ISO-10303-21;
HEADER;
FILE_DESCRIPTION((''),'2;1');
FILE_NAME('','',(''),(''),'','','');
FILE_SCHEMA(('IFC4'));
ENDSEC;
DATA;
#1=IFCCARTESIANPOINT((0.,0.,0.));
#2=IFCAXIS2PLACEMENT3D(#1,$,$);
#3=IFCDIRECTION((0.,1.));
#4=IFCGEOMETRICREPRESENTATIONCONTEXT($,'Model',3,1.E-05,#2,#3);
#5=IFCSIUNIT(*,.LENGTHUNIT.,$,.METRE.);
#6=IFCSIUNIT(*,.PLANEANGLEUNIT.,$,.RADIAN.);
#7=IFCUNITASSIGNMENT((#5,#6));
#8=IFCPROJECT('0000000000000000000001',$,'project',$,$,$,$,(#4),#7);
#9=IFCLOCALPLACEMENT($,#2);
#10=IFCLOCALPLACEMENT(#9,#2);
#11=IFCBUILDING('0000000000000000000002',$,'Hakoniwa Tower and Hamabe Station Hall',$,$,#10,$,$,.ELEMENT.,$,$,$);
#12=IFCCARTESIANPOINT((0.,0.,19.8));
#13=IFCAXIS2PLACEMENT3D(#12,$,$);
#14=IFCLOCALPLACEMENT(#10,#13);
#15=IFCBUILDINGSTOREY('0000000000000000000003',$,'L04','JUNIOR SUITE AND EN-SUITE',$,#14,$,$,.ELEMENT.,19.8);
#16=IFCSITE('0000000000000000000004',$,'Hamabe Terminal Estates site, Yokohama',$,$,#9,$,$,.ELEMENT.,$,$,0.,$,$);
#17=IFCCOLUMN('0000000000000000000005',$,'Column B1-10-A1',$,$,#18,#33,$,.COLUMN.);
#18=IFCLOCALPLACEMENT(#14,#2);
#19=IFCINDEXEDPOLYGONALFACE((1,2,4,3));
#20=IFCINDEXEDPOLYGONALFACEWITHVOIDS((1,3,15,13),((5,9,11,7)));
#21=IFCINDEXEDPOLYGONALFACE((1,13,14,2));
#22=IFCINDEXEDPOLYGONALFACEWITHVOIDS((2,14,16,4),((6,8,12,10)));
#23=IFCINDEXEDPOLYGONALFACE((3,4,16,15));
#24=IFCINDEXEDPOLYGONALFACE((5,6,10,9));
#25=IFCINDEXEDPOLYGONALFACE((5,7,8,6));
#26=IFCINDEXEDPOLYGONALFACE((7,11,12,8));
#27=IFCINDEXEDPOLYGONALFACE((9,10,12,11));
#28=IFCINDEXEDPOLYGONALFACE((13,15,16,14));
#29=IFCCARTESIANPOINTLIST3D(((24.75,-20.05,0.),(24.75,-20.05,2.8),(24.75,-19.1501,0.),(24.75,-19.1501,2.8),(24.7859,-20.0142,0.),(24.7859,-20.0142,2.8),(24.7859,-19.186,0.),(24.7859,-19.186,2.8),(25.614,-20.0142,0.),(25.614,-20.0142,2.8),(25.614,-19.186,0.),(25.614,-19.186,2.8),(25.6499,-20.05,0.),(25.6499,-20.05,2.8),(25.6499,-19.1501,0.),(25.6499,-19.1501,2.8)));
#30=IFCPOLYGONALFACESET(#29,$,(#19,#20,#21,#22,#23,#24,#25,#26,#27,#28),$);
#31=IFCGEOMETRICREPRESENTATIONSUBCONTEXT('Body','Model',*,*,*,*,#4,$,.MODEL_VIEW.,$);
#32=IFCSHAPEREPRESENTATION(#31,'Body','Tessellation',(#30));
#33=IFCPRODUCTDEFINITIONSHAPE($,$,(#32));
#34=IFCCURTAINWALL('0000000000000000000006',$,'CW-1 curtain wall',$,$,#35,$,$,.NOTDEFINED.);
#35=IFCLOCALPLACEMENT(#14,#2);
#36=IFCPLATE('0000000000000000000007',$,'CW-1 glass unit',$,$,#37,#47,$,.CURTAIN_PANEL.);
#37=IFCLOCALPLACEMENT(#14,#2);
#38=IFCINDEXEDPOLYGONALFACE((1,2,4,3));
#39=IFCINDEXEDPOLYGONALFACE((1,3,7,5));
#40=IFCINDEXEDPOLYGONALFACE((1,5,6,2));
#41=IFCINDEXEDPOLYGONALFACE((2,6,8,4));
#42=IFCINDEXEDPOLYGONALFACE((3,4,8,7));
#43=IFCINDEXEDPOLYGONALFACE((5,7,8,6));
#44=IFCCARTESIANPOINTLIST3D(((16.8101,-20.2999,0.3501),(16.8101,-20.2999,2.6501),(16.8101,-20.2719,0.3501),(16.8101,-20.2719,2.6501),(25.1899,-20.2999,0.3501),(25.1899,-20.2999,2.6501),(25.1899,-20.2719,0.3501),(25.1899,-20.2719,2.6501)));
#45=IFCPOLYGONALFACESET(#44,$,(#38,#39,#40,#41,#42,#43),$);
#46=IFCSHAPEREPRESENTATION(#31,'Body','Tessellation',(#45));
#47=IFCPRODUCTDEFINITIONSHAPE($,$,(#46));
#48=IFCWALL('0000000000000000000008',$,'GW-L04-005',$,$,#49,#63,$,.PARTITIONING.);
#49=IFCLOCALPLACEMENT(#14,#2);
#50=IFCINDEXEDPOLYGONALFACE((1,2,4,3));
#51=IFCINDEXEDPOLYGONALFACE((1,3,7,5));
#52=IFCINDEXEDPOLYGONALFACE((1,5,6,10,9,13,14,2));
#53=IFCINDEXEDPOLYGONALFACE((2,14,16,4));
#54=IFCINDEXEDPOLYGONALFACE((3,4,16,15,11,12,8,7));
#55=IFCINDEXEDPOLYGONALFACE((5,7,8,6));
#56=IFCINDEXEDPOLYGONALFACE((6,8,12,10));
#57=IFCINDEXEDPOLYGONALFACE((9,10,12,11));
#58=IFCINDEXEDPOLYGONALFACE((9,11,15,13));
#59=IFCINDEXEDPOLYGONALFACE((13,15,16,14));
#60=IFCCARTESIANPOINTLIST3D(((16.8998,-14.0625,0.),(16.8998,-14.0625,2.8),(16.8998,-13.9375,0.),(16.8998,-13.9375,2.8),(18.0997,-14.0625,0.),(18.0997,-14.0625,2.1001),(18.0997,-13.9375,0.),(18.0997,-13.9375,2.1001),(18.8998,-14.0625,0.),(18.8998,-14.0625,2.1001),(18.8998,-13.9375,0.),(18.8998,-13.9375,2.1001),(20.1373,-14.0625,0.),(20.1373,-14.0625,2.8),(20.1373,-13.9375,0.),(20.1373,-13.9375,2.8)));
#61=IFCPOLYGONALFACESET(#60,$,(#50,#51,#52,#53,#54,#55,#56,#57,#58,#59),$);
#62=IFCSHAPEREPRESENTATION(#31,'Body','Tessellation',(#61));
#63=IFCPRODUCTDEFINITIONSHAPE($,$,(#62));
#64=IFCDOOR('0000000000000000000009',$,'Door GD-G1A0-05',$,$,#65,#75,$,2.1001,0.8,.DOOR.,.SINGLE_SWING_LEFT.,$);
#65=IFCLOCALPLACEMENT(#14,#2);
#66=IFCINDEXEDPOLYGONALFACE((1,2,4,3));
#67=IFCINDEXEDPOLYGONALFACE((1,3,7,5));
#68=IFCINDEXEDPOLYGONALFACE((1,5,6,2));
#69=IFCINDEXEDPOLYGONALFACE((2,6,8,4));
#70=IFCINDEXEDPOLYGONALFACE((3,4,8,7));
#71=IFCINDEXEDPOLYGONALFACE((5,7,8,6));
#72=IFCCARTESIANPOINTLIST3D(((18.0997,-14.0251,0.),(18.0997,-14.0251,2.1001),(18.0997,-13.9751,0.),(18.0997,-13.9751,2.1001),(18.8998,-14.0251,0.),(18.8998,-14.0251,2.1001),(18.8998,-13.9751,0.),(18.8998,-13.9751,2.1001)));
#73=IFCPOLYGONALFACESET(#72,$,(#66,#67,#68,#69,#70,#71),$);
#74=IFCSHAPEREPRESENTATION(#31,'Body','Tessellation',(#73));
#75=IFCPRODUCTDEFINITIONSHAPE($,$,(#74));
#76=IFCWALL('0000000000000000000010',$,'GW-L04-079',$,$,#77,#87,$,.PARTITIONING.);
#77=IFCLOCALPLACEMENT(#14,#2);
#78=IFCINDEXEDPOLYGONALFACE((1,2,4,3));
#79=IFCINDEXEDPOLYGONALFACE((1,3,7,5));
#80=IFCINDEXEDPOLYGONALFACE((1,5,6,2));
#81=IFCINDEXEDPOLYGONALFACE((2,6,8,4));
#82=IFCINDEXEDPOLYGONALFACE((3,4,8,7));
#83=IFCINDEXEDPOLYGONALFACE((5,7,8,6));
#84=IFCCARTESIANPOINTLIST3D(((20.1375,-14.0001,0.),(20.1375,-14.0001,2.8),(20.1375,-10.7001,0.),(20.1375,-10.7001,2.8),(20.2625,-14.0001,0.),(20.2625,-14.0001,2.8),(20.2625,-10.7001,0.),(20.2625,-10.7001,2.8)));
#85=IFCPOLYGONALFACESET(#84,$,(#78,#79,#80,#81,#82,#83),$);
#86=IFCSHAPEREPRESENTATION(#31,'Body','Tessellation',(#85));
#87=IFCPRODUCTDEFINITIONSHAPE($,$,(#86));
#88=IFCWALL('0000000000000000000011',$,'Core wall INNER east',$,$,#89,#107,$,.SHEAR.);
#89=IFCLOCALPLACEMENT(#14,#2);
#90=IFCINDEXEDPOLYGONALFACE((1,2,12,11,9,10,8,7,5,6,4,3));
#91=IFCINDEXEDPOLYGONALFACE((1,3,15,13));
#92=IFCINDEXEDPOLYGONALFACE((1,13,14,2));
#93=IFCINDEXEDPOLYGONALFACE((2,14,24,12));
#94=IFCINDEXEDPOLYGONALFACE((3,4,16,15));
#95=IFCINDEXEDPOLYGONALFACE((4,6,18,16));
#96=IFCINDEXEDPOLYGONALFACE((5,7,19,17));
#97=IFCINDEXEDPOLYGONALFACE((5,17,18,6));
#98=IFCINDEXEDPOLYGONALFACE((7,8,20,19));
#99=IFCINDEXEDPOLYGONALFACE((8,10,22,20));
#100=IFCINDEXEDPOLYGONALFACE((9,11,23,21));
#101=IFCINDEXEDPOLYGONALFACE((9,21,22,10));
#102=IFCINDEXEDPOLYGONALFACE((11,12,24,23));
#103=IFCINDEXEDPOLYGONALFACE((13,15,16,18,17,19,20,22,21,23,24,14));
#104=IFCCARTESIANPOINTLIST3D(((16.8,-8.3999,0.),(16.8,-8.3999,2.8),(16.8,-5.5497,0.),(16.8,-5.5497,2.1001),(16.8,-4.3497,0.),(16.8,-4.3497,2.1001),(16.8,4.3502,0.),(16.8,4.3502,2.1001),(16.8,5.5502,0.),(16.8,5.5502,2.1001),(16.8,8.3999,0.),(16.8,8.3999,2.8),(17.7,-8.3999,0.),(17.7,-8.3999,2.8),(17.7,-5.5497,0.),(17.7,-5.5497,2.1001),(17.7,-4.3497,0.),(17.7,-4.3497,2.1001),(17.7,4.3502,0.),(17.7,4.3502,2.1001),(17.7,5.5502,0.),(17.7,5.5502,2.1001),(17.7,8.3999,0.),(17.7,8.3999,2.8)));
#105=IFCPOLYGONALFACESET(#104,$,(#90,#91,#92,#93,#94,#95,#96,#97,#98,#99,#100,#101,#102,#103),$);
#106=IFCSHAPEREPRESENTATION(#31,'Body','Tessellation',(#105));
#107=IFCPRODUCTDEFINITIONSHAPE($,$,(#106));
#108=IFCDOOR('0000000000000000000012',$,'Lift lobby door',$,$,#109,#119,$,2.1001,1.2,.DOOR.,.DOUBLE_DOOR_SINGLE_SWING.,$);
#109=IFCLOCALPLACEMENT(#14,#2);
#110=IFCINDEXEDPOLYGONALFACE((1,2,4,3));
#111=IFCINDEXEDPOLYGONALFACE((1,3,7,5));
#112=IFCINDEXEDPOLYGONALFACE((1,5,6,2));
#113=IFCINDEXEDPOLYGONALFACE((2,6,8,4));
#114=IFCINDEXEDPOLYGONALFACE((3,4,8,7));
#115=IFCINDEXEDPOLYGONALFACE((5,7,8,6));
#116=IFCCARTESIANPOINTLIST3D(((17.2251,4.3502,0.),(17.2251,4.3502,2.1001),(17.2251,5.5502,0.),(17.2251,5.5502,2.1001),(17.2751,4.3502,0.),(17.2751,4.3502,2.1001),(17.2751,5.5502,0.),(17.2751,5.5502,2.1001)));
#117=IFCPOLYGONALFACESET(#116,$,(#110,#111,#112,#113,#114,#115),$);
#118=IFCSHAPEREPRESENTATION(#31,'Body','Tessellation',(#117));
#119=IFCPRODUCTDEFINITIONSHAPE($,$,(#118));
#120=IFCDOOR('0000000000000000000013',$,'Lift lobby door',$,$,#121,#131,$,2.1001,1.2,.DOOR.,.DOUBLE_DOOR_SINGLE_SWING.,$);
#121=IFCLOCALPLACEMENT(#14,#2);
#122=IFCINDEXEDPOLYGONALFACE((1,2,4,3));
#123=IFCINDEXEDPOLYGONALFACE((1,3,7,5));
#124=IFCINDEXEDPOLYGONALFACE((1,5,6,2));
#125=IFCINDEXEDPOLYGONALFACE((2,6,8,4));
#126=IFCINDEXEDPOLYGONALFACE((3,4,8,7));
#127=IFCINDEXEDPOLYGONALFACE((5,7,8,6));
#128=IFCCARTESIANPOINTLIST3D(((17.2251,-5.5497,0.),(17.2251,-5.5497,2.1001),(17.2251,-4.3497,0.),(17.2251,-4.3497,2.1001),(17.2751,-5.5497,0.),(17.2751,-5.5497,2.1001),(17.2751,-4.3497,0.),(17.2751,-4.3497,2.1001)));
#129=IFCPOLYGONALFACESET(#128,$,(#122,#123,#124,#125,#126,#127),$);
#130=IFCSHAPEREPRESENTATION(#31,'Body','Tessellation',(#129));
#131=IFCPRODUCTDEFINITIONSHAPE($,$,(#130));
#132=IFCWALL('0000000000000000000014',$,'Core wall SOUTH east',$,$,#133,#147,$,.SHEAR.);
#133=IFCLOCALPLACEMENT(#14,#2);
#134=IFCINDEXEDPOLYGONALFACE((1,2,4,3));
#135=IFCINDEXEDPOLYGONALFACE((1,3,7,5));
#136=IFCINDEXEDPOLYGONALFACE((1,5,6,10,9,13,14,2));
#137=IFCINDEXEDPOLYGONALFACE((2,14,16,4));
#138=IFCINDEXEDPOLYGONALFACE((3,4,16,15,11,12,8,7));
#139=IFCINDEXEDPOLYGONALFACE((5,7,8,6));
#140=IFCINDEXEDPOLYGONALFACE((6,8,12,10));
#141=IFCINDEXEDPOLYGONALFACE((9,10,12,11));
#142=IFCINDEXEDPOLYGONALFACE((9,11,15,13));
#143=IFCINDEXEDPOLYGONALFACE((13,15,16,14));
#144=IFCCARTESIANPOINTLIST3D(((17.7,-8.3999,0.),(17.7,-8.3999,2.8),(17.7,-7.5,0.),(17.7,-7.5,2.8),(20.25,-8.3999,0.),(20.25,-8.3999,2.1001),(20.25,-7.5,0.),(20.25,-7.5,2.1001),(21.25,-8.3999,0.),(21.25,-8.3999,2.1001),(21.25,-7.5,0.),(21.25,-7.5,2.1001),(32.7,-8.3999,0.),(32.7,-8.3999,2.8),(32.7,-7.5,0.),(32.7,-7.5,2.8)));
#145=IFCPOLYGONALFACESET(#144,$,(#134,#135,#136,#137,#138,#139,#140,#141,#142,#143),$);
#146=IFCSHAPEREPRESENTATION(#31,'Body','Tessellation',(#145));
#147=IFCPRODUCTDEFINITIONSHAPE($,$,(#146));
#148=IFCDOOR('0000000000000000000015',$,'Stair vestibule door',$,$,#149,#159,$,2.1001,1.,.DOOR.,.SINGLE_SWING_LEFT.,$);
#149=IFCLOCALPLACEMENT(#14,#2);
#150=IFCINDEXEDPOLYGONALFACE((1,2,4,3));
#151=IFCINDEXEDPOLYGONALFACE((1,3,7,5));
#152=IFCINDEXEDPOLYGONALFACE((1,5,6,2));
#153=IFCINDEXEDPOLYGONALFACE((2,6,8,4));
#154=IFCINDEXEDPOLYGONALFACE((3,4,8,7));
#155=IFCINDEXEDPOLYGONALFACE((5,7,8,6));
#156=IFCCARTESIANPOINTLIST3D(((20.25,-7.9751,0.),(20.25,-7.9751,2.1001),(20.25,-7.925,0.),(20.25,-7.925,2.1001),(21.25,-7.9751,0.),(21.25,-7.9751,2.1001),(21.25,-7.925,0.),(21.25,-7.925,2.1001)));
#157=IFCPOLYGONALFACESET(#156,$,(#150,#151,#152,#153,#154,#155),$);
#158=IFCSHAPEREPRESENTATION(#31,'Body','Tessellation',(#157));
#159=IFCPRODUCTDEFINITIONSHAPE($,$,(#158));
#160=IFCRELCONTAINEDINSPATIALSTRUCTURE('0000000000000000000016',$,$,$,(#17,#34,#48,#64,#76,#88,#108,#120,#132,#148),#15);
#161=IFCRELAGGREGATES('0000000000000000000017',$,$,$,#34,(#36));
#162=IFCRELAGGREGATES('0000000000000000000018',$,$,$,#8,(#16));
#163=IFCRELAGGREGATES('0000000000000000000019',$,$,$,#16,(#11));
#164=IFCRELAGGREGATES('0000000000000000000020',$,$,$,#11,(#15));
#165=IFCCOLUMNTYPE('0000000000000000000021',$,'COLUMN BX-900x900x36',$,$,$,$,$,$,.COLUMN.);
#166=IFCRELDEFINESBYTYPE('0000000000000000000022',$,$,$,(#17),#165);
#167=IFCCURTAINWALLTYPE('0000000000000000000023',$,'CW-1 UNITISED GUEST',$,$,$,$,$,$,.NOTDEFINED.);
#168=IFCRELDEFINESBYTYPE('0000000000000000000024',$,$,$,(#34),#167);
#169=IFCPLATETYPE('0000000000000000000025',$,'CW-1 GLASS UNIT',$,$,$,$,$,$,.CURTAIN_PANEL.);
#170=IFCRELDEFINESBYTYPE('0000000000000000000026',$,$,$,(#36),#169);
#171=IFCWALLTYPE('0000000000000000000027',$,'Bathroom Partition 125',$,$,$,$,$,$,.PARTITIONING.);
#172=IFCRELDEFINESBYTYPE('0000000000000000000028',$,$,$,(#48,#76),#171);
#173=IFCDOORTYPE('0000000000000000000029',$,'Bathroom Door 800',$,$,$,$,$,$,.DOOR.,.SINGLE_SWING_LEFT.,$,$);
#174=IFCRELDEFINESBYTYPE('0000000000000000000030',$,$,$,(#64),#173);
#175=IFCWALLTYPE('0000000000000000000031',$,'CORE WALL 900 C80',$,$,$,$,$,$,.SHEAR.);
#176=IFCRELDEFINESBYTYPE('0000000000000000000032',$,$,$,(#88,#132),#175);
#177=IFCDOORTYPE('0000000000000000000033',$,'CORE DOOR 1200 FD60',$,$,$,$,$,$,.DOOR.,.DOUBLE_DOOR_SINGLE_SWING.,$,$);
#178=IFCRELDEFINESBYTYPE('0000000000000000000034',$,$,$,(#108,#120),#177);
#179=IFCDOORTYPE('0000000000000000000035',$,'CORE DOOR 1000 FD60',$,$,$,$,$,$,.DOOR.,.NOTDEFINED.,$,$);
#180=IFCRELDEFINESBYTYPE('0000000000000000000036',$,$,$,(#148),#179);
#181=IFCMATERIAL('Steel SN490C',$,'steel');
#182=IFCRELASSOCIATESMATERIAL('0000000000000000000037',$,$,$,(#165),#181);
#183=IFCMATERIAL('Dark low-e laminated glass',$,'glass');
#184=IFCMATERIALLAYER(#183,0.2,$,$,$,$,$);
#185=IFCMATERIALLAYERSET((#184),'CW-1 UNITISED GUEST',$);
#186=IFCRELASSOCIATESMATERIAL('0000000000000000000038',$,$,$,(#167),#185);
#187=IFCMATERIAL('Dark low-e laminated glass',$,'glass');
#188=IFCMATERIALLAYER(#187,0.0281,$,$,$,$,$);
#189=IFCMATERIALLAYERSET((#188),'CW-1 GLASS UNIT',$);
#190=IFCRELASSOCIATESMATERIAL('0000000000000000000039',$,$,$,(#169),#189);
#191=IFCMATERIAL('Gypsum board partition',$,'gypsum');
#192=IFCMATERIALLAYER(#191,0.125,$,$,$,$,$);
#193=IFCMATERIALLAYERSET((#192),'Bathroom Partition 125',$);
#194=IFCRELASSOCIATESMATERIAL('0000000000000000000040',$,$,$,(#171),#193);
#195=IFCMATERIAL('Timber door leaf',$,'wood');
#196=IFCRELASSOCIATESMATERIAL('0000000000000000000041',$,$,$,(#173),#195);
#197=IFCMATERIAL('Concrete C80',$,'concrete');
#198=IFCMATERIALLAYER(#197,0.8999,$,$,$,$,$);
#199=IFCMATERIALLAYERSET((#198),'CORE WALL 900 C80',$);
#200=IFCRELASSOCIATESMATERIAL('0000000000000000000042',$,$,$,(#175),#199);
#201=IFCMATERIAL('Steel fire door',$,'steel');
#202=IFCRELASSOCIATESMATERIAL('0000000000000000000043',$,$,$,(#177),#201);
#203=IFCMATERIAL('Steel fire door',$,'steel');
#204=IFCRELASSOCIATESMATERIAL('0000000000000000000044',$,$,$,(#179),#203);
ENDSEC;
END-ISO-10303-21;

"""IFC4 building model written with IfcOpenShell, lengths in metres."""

from ifc_helpers import new_model, si_unit, direction, frame, frame_2d, origin, origin_2d, place, context, subcontext, project, spatial, rectangle, hollow_rectangle, extrude, material, layer, layer_set, material_profile, profile_set, type_object, element, fill, aggregate, save


model = new_model("IFC4")

# Units and contexts
model_context = context("Model", 3, precision=1e-05, world=origin(), true_north=direction((0.0, 1.0)))
body_context = subcontext(model_context, "Body", "Model", "MODEL_VIEW")
ifc_project = project(units=[si_unit("LENGTHUNIT", "METRE"), si_unit("PLANEANGLEUNIT", "RADIAN")], contexts=[model_context])

# Site, building, storey
site_placement = place(None, origin())
site = spatial("IfcSite", under=ifc_project, at=site_placement, Name="Hamabe Terminal Estates site, Yokohama", CompositionType="ELEMENT", RefElevation=0.0)
building_placement = place(site_placement, origin())
building = spatial("IfcBuilding", under=site, at=building_placement, Name="Hakoniwa Tower and Hamabe Station Hall", CompositionType="ELEMENT")
storey_placement = place(building_placement, frame((0.0, 0.0, 19.8)))
storey = spatial("IfcBuildingStorey", under=building, at=storey_placement, Name="L04", Description="JUNIOR SUITE AND EN-SUITE", CompositionType="ELEMENT", Elevation=19.8)

# Column
ifc_material_1 = material(Name="Steel SN490C", Category="steel")
ifc_material_profile = material_profile(ifc_material_1, hollow_rectangle(XDim=0.8999, YDim=0.8999, WallThickness=0.0359, at=origin_2d()), Name="BX-900x900x36")
ifc_profile_set = profile_set([ifc_material_profile], Name="Steel SN490C")
column_type = type_object("IfcColumnType", Name="COLUMN BX-900x900x36", PredefinedType="COLUMN", material=ifc_profile_set)
column_placement = place(storey_placement, frame((25.2, -19.6001, 0.0), z_axis=(0.0, 0.0, 1.0), x_axis=(1.0, 0.0, 0.0)))
element("IfcColumn", 1, at=column_placement, inside=storey, type_object=column_type, Name="Column B1-10-A1", PredefinedType="COLUMN", context=body_context, shape_type="SweptSolid", body=[
    extrude(hollow_rectangle(XDim=0.8999, YDim=0.8999, WallThickness=0.0359, at=origin_2d()), origin(), (0.0, 0.0, 1.0), 2.8),
])

# Curtain wall, plate
ifc_material_2 = material(Name="Dark low-e laminated glass", Category="glass")
ifc_layer_1 = layer(ifc_material_2, 0.2)
ifc_layer_set_1 = layer_set([ifc_layer_1], Name="CW-1 UNITISED GUEST")
curtain_wall_type = type_object("IfcCurtainWallType", Name="CW-1 UNITISED GUEST", PredefinedType="NOTDEFINED", material=ifc_layer_set_1)
curtain_wall_placement = place(storey_placement, origin())
curtain_wall = element("IfcCurtainWall", 2, at=curtain_wall_placement, inside=storey, type_object=curtain_wall_type, Name="CW-1 curtain wall", PredefinedType="NOTDEFINED")
ifc_material_3 = material(Name="Dark low-e laminated glass", Category="glass")
ifc_layer_2 = layer(ifc_material_3, 0.0281)
ifc_layer_set_2 = layer_set([ifc_layer_2], Name="CW-1 GLASS UNIT")
plate_type = type_object("IfcPlateType", Name="CW-1 GLASS UNIT", PredefinedType="CURTAIN_PANEL", material=ifc_layer_set_2)
plate_placement = place(storey_placement, frame((21.0, -20.2859, 0.3501), z_axis=(0.0, 0.0, 1.0), x_axis=(1.0, 0.0, 0.0)))
plate = element("IfcPlate", 3, at=plate_placement, type_object=plate_type, Name="CW-1 glass unit", PredefinedType="CURTAIN_PANEL", context=body_context, shape_type="SweptSolid", body=[
    extrude(rectangle(XDim=8.3799, YDim=0.0281, at=origin_2d()), origin(), (0.0, 0.0, 1.0), 2.3),
])
aggregate(curtain_wall, [plate])

# Wall, opening, door
ifc_material_4 = material(Name="Gypsum board partition", Category="gypsum")
ifc_layer_3 = layer(ifc_material_4, 0.125)
ifc_layer_set_3 = layer_set([ifc_layer_3], Name="Bathroom Partition 125")
wall_type_1 = type_object("IfcWallType", Name="Bathroom Partition 125", PredefinedType="PARTITIONING", material=ifc_layer_set_3)
wall_1_placement = place(storey_placement, frame((16.8999, -14.0, 0.0), z_axis=(0.0, 0.0, 1.0), x_axis=(1.0, 0.0, 0.0)))
wall_1 = element("IfcWall", 4, at=wall_1_placement, inside=storey, type_object=wall_type_1, Name="GW-L04-005", PredefinedType="PARTITIONING", context=body_context, shape_type="SweptSolid", body=[
    extrude(rectangle(XDim=3.2375, YDim=0.125, at=frame_2d((1.6187, 0.0))), origin(), (0.0, 0.0, 1.0), 2.8),
])
opening_1_placement = place(wall_1_placement, frame((1.2, 0.0, 0.0)))
opening_1 = element("IfcOpeningElement", 5, at=opening_1_placement, cuts=wall_1, PredefinedType="OPENING", context=body_context, shape_type="SweptSolid", body=[
    extrude(rectangle(XDim=0.8, YDim=2.1001, at=frame_2d((0.3999, 1.05))), frame((0.0, 0.0725, 0.0), z_axis=(0.0, -1.0, 0.0), x_axis=(1.0, 0.0, 0.0)), (0.0, 0.0, 1.0), 0.145),
])
ifc_material_5 = material(Name="Timber door leaf", Category="wood")
door_type_1 = type_object("IfcDoorType", Name="Bathroom Door 800", OperationType="SINGLE_SWING_LEFT", PredefinedType="DOOR", material=ifc_material_5)
door_1_placement = place(opening_1_placement, origin())
door_1 = element("IfcDoor", 6, at=door_1_placement, inside=storey, type_object=door_type_1, Name="Door GD-G1A0-05", OperationType="SINGLE_SWING_LEFT", OverallHeight=2.1001, OverallWidth=0.8, PredefinedType="DOOR", context=body_context, shape_type="SweptSolid", body=[
    extrude(rectangle(XDim=0.8, YDim=2.1001, at=frame_2d((0.3999, 1.05))), frame((0.0, 0.0249, 0.0), z_axis=(0.0, -1.0, 0.0), x_axis=(1.0, 0.0, 0.0)), (0.0, 0.0, 1.0), 0.05),
])
fill(opening_1, door_1)

# Wall
wall_2_placement = place(storey_placement, frame((20.2, -14.0, 0.0), z_axis=(0.0, 0.0, 1.0), x_axis=(0.0, 1.0, 0.0)))
element("IfcWall", 7, at=wall_2_placement, inside=storey, type_object=wall_type_1, Name="GW-L04-079", PredefinedType="PARTITIONING", context=body_context, shape_type="SweptSolid", body=[
    extrude(rectangle(XDim=3.3, YDim=0.125, at=frame_2d((1.6499, 0.0))), origin(), (0.0, 0.0, 1.0), 2.8),
])

# Wall, openings, doors
ifc_material_6 = material(Name="Concrete C80", Category="concrete")
ifc_layer_4 = layer(ifc_material_6, 0.8999)
ifc_layer_set_4 = layer_set([ifc_layer_4], Name="CORE WALL 900 C80")
wall_type_2 = type_object("IfcWallType", Name="CORE WALL 900 C80", PredefinedType="SHEAR", material=ifc_layer_set_4)
wall_3_placement = place(storey_placement, frame((17.25, -8.3999, 0.0), z_axis=(0.0, 0.0, 1.0), x_axis=(0.0, 1.0, 0.0)))
wall_3 = element("IfcWall", 8, at=wall_3_placement, inside=storey, type_object=wall_type_2, Name="Core wall INNER east", PredefinedType="SHEAR", context=body_context, shape_type="SweptSolid", body=[
    extrude(rectangle(XDim=16.7998, YDim=0.8999, at=frame_2d((8.3999, 0.0))), origin(), (0.0, 0.0, 1.0), 2.8),
])
opening_2_placement = place(wall_3_placement, frame((12.75, 0.0, 0.0)))
opening_2 = element("IfcOpeningElement", 9, at=opening_2_placement, cuts=wall_3, PredefinedType="OPENING", context=body_context, shape_type="SweptSolid", body=[
    extrude(rectangle(XDim=1.2, YDim=2.1001, at=frame_2d((0.6001, 1.05))), frame((0.0, 0.46, 0.0), z_axis=(0.0, -1.0, 0.0), x_axis=(1.0, 0.0, 0.0)), (0.0, 0.0, 1.0), 0.9199),
])
opening_3_placement = place(wall_3_placement, frame((2.8501, 0.0, 0.0)))
opening_3 = element("IfcOpeningElement", 10, at=opening_3_placement, cuts=wall_3, PredefinedType="OPENING", context=body_context, shape_type="SweptSolid", body=[
    extrude(rectangle(XDim=1.2, YDim=2.1001, at=frame_2d((0.6001, 1.05))), frame((0.0, 0.46, 0.0), z_axis=(0.0, -1.0, 0.0), x_axis=(1.0, 0.0, 0.0)), (0.0, 0.0, 1.0), 0.9199),
])
ifc_material_7 = material(Name="Steel fire door", Category="steel")
door_type_2 = type_object("IfcDoorType", Name="CORE DOOR 1200 FD60", OperationType="DOUBLE_DOOR_SINGLE_SWING", PredefinedType="DOOR", material=ifc_material_7)
door_2_placement = place(opening_2_placement, origin())
door_2 = element("IfcDoor", 11, at=door_2_placement, inside=storey, type_object=door_type_2, Name="Lift lobby door", OperationType="DOUBLE_DOOR_SINGLE_SWING", OverallHeight=2.1001, OverallWidth=1.2, PredefinedType="DOOR", context=body_context, shape_type="SweptSolid", body=[
    extrude(rectangle(XDim=1.2, YDim=2.1001, at=frame_2d((0.6001, 1.05))), frame((0.0, 0.0249, 0.0), z_axis=(0.0, -1.0, 0.0), x_axis=(1.0, 0.0, 0.0)), (0.0, 0.0, 1.0), 0.05),
])
fill(opening_2, door_2)
door_3_placement = place(opening_3_placement, origin())
door_3 = element("IfcDoor", 12, at=door_3_placement, inside=storey, type_object=door_type_2, Name="Lift lobby door", OperationType="DOUBLE_DOOR_SINGLE_SWING", OverallHeight=2.1001, OverallWidth=1.2, PredefinedType="DOOR", context=body_context, shape_type="SweptSolid", body=[
    extrude(rectangle(XDim=1.2, YDim=2.1001, at=frame_2d((0.6001, 1.05))), frame((0.0, 0.0249, 0.0), z_axis=(0.0, -1.0, 0.0), x_axis=(1.0, 0.0, 0.0)), (0.0, 0.0, 1.0), 0.05),
])
fill(opening_3, door_3)

# Wall, opening, door
wall_4_placement = place(storey_placement, frame((17.7, -7.95, 0.0), z_axis=(0.0, 0.0, 1.0), x_axis=(1.0, 0.0, 0.0)))
wall_4 = element("IfcWall", 13, at=wall_4_placement, inside=storey, type_object=wall_type_2, Name="Core wall SOUTH east", PredefinedType="SHEAR", context=body_context, shape_type="SweptSolid", body=[
    extrude(rectangle(XDim=15.0, YDim=0.8999, at=frame_2d((7.5, 0.0))), origin(), (0.0, 0.0, 1.0), 2.8),
])
opening_4_placement = place(wall_4_placement, frame((2.55, 0.0, 0.0)))
opening_4 = element("IfcOpeningElement", 14, at=opening_4_placement, cuts=wall_4, PredefinedType="OPENING", context=body_context, shape_type="SweptSolid", body=[
    extrude(rectangle(XDim=1.0, YDim=2.1001, at=frame_2d((0.5, 1.05))), frame((0.0, 0.46, 0.0), z_axis=(0.0, -1.0, 0.0), x_axis=(1.0, 0.0, 0.0)), (0.0, 0.0, 1.0), 0.9199),
])
ifc_material_8 = material(Name="Steel fire door", Category="steel")
door_type_3 = type_object("IfcDoorType", Name="CORE DOOR 1000 FD60", OperationType="NOTDEFINED", PredefinedType="DOOR", material=ifc_material_8)
door_4_placement = place(opening_4_placement, origin())
door_4 = element("IfcDoor", 15, at=door_4_placement, inside=storey, type_object=door_type_3, Name="Stair vestibule door", OperationType="SINGLE_SWING_LEFT", OverallHeight=2.1001, OverallWidth=1.0, PredefinedType="DOOR", context=body_context, shape_type="SweptSolid", body=[
    extrude(rectangle(XDim=1.0, YDim=2.1001, at=frame_2d((0.5, 1.05))), frame((0.0, 0.0249, 0.0), z_axis=(0.0, -1.0, 0.0), x_axis=(1.0, 0.0, 0.0)), (0.0, 0.0, 1.0), 0.05),
])
fill(opening_4, door_4)

save(model, "model.ifc")
